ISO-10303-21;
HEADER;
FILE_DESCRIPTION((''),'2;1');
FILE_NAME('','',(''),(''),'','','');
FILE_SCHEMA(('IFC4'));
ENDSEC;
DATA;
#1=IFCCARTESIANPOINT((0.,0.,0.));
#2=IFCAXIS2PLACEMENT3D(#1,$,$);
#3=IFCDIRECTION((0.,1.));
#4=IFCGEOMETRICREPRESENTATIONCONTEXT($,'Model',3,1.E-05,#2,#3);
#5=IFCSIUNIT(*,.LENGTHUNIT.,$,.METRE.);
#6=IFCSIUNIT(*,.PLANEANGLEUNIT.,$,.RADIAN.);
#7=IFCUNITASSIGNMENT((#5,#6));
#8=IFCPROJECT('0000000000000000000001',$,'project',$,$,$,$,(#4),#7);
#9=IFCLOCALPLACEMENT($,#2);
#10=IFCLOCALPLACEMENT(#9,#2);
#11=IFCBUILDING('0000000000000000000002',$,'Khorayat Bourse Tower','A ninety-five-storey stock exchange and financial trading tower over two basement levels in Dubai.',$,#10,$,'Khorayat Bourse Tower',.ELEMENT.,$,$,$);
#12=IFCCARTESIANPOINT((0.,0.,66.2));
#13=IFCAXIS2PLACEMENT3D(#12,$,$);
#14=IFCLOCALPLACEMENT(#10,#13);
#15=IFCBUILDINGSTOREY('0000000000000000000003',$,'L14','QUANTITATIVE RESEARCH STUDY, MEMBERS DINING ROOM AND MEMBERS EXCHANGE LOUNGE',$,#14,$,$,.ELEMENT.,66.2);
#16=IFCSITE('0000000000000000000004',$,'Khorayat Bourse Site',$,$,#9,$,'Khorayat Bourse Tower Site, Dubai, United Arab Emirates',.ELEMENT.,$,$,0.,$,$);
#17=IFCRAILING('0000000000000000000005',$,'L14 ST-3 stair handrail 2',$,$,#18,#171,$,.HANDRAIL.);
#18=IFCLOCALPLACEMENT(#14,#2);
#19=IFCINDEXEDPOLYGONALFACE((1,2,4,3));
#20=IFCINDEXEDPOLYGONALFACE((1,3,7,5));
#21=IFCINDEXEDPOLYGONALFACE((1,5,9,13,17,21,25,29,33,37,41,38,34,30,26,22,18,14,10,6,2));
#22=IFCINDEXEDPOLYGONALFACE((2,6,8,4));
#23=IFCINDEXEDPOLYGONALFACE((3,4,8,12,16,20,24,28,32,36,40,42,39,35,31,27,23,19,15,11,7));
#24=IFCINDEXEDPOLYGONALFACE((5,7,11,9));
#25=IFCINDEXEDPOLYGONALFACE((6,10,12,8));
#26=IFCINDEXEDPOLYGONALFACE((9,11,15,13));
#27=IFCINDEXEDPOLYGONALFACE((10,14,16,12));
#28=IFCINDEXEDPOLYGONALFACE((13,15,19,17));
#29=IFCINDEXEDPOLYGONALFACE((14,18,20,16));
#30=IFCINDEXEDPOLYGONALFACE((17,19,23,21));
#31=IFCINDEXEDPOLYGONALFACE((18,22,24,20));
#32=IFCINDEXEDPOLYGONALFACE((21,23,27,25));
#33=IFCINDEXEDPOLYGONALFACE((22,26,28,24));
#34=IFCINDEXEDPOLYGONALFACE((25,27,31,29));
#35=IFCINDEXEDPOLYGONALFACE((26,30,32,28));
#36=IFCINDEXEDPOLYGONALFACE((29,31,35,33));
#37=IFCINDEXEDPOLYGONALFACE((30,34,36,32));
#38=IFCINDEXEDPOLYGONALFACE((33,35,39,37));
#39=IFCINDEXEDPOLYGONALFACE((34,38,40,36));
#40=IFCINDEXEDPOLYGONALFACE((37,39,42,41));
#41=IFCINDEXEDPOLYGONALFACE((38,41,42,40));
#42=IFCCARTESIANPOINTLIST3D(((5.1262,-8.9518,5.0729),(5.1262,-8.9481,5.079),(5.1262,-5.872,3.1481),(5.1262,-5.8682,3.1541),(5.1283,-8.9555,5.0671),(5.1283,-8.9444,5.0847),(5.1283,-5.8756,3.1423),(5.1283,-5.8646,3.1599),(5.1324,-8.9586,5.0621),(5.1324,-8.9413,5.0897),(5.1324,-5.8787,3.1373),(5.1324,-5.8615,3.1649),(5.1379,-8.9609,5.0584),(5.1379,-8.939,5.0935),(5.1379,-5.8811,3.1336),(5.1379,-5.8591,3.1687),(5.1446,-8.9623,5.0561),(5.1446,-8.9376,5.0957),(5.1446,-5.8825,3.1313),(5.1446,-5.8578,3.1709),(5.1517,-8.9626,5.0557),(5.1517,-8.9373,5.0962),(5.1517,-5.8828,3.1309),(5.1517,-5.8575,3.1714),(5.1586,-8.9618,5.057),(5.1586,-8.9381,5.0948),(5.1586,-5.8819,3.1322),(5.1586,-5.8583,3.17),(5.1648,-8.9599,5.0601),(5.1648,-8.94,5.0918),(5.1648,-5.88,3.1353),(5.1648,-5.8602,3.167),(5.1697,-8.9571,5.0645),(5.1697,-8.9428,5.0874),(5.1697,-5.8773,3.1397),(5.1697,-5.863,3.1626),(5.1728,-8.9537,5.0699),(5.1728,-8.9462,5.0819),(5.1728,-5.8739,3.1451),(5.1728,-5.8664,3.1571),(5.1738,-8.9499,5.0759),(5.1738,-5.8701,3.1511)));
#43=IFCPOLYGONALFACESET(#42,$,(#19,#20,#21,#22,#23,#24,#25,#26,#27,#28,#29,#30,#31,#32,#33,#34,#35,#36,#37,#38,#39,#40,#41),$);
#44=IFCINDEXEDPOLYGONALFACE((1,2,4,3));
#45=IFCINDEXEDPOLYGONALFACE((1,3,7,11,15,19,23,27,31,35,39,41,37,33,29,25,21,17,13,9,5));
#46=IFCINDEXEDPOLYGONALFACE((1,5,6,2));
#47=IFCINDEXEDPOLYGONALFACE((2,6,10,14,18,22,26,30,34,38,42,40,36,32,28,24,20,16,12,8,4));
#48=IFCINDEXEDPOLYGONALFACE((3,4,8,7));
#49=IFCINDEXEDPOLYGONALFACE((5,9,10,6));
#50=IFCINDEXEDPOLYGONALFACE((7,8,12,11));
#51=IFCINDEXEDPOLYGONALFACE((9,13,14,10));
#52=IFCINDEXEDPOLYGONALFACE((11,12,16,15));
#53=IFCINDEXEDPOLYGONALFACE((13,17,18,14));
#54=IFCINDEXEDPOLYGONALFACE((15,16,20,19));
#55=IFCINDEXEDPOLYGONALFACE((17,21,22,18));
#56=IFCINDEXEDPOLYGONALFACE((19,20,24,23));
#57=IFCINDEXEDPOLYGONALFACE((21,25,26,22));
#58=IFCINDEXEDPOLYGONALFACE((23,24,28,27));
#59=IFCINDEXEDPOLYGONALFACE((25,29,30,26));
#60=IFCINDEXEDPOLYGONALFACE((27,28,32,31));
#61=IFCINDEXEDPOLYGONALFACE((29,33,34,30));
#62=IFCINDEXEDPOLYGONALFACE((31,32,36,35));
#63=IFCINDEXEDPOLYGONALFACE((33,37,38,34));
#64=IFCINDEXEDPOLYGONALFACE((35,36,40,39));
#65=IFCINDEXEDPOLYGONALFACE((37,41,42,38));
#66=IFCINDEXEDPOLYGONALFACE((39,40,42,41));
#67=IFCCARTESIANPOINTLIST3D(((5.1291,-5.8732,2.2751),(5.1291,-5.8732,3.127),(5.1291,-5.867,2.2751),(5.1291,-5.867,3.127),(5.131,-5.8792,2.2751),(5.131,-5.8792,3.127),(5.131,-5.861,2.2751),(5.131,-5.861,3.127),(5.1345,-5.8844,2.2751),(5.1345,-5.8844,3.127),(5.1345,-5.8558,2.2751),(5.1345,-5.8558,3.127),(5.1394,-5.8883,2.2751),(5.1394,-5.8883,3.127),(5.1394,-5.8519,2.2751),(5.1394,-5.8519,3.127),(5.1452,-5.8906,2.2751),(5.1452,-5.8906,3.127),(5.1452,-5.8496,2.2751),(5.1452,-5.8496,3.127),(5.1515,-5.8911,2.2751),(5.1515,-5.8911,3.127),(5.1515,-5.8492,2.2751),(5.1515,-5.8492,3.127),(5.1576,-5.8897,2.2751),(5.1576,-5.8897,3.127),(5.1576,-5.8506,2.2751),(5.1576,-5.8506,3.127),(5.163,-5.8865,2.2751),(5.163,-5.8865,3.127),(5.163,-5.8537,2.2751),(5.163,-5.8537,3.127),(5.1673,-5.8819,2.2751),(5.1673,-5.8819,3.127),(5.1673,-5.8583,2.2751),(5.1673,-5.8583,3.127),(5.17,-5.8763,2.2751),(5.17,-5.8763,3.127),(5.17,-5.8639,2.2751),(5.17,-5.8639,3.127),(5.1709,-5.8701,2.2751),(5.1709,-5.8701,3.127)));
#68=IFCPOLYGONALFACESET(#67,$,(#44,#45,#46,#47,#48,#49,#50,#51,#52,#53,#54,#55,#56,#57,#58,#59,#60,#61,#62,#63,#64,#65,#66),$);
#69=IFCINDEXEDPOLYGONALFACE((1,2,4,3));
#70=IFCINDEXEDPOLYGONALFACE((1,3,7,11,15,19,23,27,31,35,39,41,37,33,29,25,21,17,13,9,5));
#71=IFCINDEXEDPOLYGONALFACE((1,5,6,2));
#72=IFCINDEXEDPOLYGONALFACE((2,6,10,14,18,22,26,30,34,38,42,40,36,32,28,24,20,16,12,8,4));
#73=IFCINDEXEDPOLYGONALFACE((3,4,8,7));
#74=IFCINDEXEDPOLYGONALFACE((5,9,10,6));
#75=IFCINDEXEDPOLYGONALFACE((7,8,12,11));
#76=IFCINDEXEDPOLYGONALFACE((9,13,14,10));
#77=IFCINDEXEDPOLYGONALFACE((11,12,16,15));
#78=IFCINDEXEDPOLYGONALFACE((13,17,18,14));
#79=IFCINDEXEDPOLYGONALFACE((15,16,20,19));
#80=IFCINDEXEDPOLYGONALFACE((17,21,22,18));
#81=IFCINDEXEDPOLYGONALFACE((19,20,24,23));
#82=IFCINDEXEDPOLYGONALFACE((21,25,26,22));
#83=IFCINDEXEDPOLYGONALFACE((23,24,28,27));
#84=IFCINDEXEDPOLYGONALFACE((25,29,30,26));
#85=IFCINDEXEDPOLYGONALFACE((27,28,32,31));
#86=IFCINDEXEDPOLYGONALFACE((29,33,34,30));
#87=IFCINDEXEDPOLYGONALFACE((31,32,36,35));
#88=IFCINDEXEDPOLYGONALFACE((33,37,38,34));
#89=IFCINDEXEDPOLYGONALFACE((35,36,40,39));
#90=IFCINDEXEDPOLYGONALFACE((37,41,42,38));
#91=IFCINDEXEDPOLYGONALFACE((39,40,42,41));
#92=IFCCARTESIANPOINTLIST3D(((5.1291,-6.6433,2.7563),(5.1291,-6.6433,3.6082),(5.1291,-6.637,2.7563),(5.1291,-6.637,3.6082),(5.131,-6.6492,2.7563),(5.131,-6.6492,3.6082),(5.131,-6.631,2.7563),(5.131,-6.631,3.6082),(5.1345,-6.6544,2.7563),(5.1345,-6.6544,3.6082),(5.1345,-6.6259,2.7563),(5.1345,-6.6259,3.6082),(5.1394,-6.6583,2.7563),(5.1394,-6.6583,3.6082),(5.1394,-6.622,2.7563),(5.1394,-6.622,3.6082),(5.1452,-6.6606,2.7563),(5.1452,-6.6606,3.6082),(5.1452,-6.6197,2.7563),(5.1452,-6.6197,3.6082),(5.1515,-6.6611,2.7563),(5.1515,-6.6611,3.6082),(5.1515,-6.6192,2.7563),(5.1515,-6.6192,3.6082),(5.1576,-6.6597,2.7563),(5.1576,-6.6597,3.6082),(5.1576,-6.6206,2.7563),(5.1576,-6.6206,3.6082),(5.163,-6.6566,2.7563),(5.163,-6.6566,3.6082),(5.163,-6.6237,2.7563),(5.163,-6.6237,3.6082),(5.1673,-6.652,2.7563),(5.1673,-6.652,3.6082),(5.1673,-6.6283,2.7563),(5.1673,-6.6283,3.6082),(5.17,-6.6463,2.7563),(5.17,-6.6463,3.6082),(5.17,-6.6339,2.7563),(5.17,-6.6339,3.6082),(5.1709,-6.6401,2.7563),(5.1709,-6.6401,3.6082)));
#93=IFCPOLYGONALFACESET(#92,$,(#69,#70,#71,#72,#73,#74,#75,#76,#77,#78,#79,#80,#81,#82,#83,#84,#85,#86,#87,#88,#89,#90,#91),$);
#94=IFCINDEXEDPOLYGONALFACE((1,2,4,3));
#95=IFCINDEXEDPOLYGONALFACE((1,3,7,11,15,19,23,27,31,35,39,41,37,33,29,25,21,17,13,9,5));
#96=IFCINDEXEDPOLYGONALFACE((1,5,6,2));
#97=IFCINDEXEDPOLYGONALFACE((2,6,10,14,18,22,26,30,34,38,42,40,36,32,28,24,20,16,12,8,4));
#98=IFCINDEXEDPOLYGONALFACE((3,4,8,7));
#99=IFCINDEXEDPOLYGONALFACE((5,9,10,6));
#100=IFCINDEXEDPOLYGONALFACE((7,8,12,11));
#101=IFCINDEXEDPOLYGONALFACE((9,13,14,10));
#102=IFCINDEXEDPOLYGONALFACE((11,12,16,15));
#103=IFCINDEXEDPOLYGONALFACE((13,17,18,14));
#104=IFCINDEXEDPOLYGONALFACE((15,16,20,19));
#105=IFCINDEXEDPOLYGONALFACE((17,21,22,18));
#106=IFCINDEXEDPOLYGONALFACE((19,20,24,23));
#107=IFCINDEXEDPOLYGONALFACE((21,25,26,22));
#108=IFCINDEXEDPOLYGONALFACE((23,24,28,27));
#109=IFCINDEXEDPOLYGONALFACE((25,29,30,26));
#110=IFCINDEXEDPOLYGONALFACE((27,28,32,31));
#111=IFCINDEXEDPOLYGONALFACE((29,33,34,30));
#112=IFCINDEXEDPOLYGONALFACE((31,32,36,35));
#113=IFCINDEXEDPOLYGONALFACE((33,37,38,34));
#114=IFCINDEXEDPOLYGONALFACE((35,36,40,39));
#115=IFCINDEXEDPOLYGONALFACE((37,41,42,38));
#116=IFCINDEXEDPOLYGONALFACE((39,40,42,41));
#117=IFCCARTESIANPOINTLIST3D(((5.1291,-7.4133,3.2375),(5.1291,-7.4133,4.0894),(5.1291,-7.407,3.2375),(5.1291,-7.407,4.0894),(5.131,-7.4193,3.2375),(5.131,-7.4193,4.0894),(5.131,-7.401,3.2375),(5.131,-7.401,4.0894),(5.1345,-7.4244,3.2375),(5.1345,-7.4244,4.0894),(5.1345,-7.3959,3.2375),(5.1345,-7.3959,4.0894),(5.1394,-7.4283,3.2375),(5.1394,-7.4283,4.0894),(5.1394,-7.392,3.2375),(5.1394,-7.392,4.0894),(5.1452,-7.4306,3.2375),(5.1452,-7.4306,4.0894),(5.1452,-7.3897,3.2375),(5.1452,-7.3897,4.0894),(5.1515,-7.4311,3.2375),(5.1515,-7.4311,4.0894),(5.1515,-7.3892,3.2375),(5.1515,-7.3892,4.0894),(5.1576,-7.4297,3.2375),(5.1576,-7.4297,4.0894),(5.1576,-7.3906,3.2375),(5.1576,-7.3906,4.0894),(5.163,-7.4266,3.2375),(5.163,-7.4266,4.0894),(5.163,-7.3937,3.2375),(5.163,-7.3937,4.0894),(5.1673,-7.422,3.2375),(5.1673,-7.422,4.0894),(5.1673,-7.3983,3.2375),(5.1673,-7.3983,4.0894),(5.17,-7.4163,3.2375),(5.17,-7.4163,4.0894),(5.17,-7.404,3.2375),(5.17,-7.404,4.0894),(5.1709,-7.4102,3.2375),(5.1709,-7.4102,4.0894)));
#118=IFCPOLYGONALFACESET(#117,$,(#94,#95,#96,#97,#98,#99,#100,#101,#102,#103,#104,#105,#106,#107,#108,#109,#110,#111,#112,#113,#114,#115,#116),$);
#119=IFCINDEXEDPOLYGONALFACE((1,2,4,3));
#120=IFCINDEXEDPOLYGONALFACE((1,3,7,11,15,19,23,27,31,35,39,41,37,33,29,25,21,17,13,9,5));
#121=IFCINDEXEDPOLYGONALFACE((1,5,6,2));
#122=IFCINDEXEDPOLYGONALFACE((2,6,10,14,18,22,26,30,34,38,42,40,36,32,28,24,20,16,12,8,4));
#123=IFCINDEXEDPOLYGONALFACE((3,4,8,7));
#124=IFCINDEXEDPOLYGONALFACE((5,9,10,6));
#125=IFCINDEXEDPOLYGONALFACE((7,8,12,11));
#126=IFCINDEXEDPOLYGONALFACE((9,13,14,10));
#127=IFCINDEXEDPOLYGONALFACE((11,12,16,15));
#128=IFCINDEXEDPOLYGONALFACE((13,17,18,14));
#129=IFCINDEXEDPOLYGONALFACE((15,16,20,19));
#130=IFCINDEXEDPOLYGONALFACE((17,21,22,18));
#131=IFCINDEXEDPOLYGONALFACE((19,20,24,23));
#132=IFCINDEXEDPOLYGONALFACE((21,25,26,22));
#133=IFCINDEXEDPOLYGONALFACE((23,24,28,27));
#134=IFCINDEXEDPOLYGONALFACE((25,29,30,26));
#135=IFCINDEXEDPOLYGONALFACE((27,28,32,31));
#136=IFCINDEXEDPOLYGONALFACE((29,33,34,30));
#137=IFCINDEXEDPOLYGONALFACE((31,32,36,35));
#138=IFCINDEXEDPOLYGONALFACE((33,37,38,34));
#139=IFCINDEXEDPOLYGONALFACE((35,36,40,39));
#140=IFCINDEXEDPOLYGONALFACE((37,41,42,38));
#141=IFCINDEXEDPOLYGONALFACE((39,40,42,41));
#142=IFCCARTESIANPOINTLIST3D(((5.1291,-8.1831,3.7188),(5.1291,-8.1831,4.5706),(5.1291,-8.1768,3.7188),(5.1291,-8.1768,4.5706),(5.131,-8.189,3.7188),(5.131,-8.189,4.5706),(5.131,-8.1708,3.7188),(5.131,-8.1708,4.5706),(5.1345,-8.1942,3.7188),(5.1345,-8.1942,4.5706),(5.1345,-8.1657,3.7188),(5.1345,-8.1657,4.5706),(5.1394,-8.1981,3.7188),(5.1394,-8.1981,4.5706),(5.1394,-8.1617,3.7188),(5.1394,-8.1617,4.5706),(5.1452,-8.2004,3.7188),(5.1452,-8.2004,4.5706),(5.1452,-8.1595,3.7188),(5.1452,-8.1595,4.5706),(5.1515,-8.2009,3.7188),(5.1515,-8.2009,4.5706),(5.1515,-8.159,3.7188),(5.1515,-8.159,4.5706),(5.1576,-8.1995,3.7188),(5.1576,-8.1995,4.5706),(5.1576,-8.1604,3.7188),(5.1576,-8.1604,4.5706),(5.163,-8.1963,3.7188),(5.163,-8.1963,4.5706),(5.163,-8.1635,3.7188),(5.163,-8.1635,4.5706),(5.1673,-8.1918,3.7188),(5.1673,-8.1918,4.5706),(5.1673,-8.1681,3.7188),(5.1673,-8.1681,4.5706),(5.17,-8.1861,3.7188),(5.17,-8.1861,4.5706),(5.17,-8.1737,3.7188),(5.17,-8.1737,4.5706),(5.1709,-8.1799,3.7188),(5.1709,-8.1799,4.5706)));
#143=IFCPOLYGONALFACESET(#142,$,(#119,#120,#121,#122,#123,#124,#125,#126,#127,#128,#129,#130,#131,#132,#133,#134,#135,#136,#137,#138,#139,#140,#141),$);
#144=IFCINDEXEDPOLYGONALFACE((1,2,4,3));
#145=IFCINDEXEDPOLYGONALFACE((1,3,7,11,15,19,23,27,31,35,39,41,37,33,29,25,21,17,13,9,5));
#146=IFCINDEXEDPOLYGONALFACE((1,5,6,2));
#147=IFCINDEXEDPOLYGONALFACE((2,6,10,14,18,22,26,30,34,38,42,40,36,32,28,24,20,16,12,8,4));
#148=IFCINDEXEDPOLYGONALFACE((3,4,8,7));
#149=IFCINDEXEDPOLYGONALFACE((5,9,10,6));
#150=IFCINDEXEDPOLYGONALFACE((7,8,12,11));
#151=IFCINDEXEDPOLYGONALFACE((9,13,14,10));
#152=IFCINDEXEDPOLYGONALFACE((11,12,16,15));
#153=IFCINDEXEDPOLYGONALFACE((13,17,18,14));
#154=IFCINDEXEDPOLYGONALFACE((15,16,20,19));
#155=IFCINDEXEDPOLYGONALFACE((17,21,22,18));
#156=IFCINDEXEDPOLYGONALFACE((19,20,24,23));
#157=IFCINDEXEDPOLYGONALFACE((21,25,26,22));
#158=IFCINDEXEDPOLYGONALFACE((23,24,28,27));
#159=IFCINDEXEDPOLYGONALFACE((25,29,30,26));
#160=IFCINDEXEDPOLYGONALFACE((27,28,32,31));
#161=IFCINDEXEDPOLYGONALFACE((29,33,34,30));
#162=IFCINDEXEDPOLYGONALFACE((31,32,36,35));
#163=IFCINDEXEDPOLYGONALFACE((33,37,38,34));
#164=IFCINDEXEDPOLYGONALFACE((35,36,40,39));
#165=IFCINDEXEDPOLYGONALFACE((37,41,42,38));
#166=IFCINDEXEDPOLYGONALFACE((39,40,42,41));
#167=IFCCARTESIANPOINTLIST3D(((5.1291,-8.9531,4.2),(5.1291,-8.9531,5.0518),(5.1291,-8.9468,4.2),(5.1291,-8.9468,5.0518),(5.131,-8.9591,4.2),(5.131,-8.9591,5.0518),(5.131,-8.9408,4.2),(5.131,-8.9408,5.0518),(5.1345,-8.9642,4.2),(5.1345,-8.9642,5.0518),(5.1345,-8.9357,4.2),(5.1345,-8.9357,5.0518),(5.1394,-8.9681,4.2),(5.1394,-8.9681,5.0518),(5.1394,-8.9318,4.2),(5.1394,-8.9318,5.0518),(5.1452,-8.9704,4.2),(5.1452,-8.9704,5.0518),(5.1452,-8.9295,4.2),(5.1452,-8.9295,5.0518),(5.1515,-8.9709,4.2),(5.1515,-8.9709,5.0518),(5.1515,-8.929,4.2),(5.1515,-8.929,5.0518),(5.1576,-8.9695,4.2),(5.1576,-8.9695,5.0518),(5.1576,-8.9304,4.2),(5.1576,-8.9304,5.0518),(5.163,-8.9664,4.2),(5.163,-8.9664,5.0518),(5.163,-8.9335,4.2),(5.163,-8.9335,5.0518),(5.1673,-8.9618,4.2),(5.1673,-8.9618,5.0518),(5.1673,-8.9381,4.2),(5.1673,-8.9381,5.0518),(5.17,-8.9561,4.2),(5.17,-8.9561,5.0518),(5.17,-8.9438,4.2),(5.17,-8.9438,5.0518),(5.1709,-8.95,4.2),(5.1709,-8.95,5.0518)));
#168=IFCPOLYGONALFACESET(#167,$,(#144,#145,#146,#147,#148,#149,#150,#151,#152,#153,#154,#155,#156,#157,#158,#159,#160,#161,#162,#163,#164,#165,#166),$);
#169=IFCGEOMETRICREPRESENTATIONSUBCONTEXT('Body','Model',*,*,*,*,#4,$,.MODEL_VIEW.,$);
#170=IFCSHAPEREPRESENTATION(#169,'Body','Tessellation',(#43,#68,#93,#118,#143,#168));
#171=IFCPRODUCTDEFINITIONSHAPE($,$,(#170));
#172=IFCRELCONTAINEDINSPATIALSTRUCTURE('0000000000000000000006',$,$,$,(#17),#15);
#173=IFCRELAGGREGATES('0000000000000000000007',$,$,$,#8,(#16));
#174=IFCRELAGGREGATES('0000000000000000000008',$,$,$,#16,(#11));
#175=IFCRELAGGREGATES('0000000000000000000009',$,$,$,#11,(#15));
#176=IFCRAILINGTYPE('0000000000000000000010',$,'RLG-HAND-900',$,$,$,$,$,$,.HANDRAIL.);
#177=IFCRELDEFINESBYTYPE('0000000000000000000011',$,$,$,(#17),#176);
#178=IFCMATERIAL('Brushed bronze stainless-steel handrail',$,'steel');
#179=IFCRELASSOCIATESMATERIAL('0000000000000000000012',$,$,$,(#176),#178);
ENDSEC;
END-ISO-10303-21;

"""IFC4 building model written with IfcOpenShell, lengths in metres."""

from ifc_helpers import new_model, si_unit, direction, frame, origin, origin_2d, place, context, subcontext, project, spatial, circle, extrude, source, transform, mapped, material, type_object, element, save


model = new_model("IFC4")

# Units and contexts
model_context = context("Model", 3, precision=1e-05, world=origin(), true_north=direction((0.0, 1.0)))
body_context = subcontext(model_context, "Body", "Model", "MODEL_VIEW")
ifc_project = project(units=[si_unit("LENGTHUNIT", "METRE"), si_unit("PLANEANGLEUNIT", "RADIAN")], contexts=[model_context])

# Site, building, storey
site_placement = place(None, origin())
site = spatial("IfcSite", under=ifc_project, at=site_placement, Name="Khorayat Bourse Site", LongName="Khorayat Bourse Tower Site, Dubai, United Arab Emirates", CompositionType="ELEMENT", RefElevation=0.0)
building_placement = place(site_placement, origin())
building = spatial("IfcBuilding", under=site, at=building_placement, Name="Khorayat Bourse Tower", Description="A ninety-five-storey stock exchange and financial trading tower over two basement levels in Dubai.", LongName="Khorayat Bourse Tower", CompositionType="ELEMENT")
storey_placement = place(building_placement, frame((0.0, 0.0, 66.2)))
storey = spatial("IfcBuildingStorey", under=building, at=storey_placement, Name="L14", Description="QUANTITATIVE RESEARCH STUDY, MEMBERS DINING ROOM AND MEMBERS EXCHANGE LOUNGE", CompositionType="ELEMENT", Elevation=66.2)

# Railing
ifc_material_1 = material(Name="Brushed bronze stainless-steel handrail", Category="steel")
railing_type_1 = type_object("IfcRailingType", Name="RLG-HAND-900", PredefinedType="HANDRAIL", material=ifc_material_1)
shared_shape_1 = source(origin(), body_context, "Body", "SweptSolid", [
    extrude(circle(Radius=0.0239, at=origin_2d()), frame((0.0, 0.0, 0.876), z_axis=(0.0, -0.84801, 0.529981), x_axis=(1.0, 0.0, 0.0)), (0.0, 0.0, 1.0), 3.6318),
    extrude(circle(Radius=0.021, at=origin_2d()), origin(), (0.0, 0.0, 1.0), 0.8518),
    extrude(circle(Radius=0.021, at=origin_2d()), frame((0.0, -0.77, 0.4812)), (0.0, 0.0, 1.0), 0.8518),
    extrude(circle(Radius=0.021, at=origin_2d()), frame((0.0, -1.54, 0.9624)), (0.0, 0.0, 1.0), 0.8518),
    extrude(circle(Radius=0.021, at=origin_2d()), frame((0.0, -2.3098, 1.4436)), (0.0, 0.0, 1.0), 0.8518),
    extrude(circle(Radius=0.021, at=origin_2d()), frame((0.0, -3.0798, 1.9248)), (0.0, 0.0, 1.0), 0.8518),
])
railing_1_placement = place(storey_placement, frame((5.1499, -5.8701, 2.2751)))
element("IfcRailing", 1, at=railing_1_placement, inside=storey, type_object=railing_type_1, Name="L14 ST-3 stair handrail 2", PredefinedType="HANDRAIL", context=body_context, shape_type="MappedRepresentation", body=[
    mapped(shared_shape_1, transform((0.0, 0.0, 0.0), scale=1.0)),
])

save(model, "model.ifc")
